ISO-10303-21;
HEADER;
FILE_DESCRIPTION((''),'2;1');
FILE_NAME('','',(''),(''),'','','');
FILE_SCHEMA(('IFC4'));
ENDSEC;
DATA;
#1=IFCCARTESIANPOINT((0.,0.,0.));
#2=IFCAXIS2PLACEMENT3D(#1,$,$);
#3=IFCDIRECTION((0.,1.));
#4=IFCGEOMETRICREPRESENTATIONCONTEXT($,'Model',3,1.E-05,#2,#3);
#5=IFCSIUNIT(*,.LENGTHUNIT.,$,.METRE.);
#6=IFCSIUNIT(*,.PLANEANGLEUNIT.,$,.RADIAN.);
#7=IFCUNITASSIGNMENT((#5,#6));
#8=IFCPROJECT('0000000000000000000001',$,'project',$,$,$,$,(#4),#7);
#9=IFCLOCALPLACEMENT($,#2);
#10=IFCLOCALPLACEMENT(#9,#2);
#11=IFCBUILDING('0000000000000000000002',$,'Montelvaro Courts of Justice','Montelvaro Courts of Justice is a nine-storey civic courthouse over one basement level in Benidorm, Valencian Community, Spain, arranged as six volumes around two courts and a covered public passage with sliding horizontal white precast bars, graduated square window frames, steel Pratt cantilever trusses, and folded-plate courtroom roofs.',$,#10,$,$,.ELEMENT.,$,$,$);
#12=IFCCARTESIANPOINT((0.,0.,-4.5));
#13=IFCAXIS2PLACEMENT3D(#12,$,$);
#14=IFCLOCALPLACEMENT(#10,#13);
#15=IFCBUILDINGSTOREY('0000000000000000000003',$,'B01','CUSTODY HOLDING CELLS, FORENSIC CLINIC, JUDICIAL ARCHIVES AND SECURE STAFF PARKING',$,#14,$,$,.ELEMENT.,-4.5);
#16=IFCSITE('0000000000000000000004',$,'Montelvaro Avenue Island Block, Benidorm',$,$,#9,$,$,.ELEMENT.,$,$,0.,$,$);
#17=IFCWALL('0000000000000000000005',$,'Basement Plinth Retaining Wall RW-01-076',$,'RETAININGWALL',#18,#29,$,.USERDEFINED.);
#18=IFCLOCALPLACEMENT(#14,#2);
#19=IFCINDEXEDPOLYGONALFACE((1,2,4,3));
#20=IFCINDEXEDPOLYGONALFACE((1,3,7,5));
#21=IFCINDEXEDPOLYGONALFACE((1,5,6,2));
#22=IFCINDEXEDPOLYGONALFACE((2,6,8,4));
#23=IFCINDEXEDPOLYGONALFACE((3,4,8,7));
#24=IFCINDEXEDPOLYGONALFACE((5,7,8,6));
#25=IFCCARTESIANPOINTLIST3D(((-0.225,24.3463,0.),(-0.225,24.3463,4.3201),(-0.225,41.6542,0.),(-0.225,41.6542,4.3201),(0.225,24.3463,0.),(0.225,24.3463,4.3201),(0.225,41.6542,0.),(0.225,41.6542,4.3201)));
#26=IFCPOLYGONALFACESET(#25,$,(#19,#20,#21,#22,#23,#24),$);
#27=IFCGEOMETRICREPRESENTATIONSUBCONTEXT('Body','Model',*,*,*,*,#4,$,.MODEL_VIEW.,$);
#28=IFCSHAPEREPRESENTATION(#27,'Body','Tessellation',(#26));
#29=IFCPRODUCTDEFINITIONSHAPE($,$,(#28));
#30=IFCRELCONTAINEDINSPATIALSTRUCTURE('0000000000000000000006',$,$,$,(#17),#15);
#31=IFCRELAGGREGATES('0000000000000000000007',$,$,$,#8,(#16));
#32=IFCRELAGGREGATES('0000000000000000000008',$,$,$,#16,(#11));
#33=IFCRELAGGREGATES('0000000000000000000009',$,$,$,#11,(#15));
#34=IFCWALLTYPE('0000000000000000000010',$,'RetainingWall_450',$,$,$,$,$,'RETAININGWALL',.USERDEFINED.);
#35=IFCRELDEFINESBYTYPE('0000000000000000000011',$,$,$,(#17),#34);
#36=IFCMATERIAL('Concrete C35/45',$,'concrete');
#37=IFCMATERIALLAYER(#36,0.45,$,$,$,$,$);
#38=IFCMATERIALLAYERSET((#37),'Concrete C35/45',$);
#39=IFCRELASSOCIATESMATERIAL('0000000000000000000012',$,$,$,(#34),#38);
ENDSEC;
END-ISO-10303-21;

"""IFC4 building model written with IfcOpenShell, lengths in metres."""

from ifc_helpers import new_model, si_unit, direction, frame, frame_2d, origin, place, context, subcontext, project, spatial, rectangle, extrude, material, layer, layer_set, type_object, element, save


model = new_model("IFC4")

# Units and contexts
model_context = context("Model", 3, precision=1e-05, world=origin(), true_north=direction((0.0, 1.0)))
body_context = subcontext(model_context, "Body", "Model", "MODEL_VIEW")
ifc_project = project(units=[si_unit("LENGTHUNIT", "METRE"), si_unit("PLANEANGLEUNIT", "RADIAN")], contexts=[model_context])

# Site, building, storey
site_placement = place(None, origin())
site = spatial("IfcSite", under=ifc_project, at=site_placement, Name="Montelvaro Avenue Island Block, Benidorm", CompositionType="ELEMENT", RefElevation=0.0)
building_placement = place(site_placement, origin())
building = spatial("IfcBuilding", under=site, at=building_placement, Name="Montelvaro Courts of Justice", Description="Montelvaro Courts of Justice is a nine-storey civic courthouse over one basement level in Benidorm, Valencian Community, Spain, arranged as six volumes around two courts and a covered public passage with sliding horizontal white precast bars, graduated square window frames, steel Pratt cantilever trusses, and folded-plate courtroom roofs.", CompositionType="ELEMENT")
storey_placement = place(building_placement, frame((0.0, 0.0, -4.5)))
storey = spatial("IfcBuildingStorey", under=building, at=storey_placement, Name="B01", Description="CUSTODY HOLDING CELLS, FORENSIC CLINIC, JUDICIAL ARCHIVES AND SECURE STAFF PARKING", CompositionType="ELEMENT", Elevation=-4.5)

# Shared definitions
ifc_material_1 = material(Name="Concrete C35/45", Category="concrete")

# Wall
ifc_layer = layer(ifc_material_1, 0.45)
ifc_layer_set = layer_set([ifc_layer], Name="Concrete C35/45")
wall_type = type_object("IfcWallType", Name="RetainingWall_450", ElementType="RETAININGWALL", PredefinedType="USERDEFINED", material=ifc_layer_set)
wall_1_placement = place(storey_placement, frame((0.0, 41.6541, 0.0), z_axis=(0.0, 0.0, 1.0), x_axis=(0.0, -1.0, 0.0)))
element("IfcWall", 1, at=wall_1_placement, inside=storey, type_object=wall_type, Name="Basement Plinth Retaining Wall RW-01-076", ObjectType="RETAININGWALL", PredefinedType="USERDEFINED", context=body_context, shape_type="SweptSolid", body=[
    extrude(rectangle(XDim=17.3079, YDim=0.45, at=frame_2d((8.6538, 0.0))), origin(), (0.0, 0.0, 1.0), 4.3201),
])

save(model, "model.ifc")
